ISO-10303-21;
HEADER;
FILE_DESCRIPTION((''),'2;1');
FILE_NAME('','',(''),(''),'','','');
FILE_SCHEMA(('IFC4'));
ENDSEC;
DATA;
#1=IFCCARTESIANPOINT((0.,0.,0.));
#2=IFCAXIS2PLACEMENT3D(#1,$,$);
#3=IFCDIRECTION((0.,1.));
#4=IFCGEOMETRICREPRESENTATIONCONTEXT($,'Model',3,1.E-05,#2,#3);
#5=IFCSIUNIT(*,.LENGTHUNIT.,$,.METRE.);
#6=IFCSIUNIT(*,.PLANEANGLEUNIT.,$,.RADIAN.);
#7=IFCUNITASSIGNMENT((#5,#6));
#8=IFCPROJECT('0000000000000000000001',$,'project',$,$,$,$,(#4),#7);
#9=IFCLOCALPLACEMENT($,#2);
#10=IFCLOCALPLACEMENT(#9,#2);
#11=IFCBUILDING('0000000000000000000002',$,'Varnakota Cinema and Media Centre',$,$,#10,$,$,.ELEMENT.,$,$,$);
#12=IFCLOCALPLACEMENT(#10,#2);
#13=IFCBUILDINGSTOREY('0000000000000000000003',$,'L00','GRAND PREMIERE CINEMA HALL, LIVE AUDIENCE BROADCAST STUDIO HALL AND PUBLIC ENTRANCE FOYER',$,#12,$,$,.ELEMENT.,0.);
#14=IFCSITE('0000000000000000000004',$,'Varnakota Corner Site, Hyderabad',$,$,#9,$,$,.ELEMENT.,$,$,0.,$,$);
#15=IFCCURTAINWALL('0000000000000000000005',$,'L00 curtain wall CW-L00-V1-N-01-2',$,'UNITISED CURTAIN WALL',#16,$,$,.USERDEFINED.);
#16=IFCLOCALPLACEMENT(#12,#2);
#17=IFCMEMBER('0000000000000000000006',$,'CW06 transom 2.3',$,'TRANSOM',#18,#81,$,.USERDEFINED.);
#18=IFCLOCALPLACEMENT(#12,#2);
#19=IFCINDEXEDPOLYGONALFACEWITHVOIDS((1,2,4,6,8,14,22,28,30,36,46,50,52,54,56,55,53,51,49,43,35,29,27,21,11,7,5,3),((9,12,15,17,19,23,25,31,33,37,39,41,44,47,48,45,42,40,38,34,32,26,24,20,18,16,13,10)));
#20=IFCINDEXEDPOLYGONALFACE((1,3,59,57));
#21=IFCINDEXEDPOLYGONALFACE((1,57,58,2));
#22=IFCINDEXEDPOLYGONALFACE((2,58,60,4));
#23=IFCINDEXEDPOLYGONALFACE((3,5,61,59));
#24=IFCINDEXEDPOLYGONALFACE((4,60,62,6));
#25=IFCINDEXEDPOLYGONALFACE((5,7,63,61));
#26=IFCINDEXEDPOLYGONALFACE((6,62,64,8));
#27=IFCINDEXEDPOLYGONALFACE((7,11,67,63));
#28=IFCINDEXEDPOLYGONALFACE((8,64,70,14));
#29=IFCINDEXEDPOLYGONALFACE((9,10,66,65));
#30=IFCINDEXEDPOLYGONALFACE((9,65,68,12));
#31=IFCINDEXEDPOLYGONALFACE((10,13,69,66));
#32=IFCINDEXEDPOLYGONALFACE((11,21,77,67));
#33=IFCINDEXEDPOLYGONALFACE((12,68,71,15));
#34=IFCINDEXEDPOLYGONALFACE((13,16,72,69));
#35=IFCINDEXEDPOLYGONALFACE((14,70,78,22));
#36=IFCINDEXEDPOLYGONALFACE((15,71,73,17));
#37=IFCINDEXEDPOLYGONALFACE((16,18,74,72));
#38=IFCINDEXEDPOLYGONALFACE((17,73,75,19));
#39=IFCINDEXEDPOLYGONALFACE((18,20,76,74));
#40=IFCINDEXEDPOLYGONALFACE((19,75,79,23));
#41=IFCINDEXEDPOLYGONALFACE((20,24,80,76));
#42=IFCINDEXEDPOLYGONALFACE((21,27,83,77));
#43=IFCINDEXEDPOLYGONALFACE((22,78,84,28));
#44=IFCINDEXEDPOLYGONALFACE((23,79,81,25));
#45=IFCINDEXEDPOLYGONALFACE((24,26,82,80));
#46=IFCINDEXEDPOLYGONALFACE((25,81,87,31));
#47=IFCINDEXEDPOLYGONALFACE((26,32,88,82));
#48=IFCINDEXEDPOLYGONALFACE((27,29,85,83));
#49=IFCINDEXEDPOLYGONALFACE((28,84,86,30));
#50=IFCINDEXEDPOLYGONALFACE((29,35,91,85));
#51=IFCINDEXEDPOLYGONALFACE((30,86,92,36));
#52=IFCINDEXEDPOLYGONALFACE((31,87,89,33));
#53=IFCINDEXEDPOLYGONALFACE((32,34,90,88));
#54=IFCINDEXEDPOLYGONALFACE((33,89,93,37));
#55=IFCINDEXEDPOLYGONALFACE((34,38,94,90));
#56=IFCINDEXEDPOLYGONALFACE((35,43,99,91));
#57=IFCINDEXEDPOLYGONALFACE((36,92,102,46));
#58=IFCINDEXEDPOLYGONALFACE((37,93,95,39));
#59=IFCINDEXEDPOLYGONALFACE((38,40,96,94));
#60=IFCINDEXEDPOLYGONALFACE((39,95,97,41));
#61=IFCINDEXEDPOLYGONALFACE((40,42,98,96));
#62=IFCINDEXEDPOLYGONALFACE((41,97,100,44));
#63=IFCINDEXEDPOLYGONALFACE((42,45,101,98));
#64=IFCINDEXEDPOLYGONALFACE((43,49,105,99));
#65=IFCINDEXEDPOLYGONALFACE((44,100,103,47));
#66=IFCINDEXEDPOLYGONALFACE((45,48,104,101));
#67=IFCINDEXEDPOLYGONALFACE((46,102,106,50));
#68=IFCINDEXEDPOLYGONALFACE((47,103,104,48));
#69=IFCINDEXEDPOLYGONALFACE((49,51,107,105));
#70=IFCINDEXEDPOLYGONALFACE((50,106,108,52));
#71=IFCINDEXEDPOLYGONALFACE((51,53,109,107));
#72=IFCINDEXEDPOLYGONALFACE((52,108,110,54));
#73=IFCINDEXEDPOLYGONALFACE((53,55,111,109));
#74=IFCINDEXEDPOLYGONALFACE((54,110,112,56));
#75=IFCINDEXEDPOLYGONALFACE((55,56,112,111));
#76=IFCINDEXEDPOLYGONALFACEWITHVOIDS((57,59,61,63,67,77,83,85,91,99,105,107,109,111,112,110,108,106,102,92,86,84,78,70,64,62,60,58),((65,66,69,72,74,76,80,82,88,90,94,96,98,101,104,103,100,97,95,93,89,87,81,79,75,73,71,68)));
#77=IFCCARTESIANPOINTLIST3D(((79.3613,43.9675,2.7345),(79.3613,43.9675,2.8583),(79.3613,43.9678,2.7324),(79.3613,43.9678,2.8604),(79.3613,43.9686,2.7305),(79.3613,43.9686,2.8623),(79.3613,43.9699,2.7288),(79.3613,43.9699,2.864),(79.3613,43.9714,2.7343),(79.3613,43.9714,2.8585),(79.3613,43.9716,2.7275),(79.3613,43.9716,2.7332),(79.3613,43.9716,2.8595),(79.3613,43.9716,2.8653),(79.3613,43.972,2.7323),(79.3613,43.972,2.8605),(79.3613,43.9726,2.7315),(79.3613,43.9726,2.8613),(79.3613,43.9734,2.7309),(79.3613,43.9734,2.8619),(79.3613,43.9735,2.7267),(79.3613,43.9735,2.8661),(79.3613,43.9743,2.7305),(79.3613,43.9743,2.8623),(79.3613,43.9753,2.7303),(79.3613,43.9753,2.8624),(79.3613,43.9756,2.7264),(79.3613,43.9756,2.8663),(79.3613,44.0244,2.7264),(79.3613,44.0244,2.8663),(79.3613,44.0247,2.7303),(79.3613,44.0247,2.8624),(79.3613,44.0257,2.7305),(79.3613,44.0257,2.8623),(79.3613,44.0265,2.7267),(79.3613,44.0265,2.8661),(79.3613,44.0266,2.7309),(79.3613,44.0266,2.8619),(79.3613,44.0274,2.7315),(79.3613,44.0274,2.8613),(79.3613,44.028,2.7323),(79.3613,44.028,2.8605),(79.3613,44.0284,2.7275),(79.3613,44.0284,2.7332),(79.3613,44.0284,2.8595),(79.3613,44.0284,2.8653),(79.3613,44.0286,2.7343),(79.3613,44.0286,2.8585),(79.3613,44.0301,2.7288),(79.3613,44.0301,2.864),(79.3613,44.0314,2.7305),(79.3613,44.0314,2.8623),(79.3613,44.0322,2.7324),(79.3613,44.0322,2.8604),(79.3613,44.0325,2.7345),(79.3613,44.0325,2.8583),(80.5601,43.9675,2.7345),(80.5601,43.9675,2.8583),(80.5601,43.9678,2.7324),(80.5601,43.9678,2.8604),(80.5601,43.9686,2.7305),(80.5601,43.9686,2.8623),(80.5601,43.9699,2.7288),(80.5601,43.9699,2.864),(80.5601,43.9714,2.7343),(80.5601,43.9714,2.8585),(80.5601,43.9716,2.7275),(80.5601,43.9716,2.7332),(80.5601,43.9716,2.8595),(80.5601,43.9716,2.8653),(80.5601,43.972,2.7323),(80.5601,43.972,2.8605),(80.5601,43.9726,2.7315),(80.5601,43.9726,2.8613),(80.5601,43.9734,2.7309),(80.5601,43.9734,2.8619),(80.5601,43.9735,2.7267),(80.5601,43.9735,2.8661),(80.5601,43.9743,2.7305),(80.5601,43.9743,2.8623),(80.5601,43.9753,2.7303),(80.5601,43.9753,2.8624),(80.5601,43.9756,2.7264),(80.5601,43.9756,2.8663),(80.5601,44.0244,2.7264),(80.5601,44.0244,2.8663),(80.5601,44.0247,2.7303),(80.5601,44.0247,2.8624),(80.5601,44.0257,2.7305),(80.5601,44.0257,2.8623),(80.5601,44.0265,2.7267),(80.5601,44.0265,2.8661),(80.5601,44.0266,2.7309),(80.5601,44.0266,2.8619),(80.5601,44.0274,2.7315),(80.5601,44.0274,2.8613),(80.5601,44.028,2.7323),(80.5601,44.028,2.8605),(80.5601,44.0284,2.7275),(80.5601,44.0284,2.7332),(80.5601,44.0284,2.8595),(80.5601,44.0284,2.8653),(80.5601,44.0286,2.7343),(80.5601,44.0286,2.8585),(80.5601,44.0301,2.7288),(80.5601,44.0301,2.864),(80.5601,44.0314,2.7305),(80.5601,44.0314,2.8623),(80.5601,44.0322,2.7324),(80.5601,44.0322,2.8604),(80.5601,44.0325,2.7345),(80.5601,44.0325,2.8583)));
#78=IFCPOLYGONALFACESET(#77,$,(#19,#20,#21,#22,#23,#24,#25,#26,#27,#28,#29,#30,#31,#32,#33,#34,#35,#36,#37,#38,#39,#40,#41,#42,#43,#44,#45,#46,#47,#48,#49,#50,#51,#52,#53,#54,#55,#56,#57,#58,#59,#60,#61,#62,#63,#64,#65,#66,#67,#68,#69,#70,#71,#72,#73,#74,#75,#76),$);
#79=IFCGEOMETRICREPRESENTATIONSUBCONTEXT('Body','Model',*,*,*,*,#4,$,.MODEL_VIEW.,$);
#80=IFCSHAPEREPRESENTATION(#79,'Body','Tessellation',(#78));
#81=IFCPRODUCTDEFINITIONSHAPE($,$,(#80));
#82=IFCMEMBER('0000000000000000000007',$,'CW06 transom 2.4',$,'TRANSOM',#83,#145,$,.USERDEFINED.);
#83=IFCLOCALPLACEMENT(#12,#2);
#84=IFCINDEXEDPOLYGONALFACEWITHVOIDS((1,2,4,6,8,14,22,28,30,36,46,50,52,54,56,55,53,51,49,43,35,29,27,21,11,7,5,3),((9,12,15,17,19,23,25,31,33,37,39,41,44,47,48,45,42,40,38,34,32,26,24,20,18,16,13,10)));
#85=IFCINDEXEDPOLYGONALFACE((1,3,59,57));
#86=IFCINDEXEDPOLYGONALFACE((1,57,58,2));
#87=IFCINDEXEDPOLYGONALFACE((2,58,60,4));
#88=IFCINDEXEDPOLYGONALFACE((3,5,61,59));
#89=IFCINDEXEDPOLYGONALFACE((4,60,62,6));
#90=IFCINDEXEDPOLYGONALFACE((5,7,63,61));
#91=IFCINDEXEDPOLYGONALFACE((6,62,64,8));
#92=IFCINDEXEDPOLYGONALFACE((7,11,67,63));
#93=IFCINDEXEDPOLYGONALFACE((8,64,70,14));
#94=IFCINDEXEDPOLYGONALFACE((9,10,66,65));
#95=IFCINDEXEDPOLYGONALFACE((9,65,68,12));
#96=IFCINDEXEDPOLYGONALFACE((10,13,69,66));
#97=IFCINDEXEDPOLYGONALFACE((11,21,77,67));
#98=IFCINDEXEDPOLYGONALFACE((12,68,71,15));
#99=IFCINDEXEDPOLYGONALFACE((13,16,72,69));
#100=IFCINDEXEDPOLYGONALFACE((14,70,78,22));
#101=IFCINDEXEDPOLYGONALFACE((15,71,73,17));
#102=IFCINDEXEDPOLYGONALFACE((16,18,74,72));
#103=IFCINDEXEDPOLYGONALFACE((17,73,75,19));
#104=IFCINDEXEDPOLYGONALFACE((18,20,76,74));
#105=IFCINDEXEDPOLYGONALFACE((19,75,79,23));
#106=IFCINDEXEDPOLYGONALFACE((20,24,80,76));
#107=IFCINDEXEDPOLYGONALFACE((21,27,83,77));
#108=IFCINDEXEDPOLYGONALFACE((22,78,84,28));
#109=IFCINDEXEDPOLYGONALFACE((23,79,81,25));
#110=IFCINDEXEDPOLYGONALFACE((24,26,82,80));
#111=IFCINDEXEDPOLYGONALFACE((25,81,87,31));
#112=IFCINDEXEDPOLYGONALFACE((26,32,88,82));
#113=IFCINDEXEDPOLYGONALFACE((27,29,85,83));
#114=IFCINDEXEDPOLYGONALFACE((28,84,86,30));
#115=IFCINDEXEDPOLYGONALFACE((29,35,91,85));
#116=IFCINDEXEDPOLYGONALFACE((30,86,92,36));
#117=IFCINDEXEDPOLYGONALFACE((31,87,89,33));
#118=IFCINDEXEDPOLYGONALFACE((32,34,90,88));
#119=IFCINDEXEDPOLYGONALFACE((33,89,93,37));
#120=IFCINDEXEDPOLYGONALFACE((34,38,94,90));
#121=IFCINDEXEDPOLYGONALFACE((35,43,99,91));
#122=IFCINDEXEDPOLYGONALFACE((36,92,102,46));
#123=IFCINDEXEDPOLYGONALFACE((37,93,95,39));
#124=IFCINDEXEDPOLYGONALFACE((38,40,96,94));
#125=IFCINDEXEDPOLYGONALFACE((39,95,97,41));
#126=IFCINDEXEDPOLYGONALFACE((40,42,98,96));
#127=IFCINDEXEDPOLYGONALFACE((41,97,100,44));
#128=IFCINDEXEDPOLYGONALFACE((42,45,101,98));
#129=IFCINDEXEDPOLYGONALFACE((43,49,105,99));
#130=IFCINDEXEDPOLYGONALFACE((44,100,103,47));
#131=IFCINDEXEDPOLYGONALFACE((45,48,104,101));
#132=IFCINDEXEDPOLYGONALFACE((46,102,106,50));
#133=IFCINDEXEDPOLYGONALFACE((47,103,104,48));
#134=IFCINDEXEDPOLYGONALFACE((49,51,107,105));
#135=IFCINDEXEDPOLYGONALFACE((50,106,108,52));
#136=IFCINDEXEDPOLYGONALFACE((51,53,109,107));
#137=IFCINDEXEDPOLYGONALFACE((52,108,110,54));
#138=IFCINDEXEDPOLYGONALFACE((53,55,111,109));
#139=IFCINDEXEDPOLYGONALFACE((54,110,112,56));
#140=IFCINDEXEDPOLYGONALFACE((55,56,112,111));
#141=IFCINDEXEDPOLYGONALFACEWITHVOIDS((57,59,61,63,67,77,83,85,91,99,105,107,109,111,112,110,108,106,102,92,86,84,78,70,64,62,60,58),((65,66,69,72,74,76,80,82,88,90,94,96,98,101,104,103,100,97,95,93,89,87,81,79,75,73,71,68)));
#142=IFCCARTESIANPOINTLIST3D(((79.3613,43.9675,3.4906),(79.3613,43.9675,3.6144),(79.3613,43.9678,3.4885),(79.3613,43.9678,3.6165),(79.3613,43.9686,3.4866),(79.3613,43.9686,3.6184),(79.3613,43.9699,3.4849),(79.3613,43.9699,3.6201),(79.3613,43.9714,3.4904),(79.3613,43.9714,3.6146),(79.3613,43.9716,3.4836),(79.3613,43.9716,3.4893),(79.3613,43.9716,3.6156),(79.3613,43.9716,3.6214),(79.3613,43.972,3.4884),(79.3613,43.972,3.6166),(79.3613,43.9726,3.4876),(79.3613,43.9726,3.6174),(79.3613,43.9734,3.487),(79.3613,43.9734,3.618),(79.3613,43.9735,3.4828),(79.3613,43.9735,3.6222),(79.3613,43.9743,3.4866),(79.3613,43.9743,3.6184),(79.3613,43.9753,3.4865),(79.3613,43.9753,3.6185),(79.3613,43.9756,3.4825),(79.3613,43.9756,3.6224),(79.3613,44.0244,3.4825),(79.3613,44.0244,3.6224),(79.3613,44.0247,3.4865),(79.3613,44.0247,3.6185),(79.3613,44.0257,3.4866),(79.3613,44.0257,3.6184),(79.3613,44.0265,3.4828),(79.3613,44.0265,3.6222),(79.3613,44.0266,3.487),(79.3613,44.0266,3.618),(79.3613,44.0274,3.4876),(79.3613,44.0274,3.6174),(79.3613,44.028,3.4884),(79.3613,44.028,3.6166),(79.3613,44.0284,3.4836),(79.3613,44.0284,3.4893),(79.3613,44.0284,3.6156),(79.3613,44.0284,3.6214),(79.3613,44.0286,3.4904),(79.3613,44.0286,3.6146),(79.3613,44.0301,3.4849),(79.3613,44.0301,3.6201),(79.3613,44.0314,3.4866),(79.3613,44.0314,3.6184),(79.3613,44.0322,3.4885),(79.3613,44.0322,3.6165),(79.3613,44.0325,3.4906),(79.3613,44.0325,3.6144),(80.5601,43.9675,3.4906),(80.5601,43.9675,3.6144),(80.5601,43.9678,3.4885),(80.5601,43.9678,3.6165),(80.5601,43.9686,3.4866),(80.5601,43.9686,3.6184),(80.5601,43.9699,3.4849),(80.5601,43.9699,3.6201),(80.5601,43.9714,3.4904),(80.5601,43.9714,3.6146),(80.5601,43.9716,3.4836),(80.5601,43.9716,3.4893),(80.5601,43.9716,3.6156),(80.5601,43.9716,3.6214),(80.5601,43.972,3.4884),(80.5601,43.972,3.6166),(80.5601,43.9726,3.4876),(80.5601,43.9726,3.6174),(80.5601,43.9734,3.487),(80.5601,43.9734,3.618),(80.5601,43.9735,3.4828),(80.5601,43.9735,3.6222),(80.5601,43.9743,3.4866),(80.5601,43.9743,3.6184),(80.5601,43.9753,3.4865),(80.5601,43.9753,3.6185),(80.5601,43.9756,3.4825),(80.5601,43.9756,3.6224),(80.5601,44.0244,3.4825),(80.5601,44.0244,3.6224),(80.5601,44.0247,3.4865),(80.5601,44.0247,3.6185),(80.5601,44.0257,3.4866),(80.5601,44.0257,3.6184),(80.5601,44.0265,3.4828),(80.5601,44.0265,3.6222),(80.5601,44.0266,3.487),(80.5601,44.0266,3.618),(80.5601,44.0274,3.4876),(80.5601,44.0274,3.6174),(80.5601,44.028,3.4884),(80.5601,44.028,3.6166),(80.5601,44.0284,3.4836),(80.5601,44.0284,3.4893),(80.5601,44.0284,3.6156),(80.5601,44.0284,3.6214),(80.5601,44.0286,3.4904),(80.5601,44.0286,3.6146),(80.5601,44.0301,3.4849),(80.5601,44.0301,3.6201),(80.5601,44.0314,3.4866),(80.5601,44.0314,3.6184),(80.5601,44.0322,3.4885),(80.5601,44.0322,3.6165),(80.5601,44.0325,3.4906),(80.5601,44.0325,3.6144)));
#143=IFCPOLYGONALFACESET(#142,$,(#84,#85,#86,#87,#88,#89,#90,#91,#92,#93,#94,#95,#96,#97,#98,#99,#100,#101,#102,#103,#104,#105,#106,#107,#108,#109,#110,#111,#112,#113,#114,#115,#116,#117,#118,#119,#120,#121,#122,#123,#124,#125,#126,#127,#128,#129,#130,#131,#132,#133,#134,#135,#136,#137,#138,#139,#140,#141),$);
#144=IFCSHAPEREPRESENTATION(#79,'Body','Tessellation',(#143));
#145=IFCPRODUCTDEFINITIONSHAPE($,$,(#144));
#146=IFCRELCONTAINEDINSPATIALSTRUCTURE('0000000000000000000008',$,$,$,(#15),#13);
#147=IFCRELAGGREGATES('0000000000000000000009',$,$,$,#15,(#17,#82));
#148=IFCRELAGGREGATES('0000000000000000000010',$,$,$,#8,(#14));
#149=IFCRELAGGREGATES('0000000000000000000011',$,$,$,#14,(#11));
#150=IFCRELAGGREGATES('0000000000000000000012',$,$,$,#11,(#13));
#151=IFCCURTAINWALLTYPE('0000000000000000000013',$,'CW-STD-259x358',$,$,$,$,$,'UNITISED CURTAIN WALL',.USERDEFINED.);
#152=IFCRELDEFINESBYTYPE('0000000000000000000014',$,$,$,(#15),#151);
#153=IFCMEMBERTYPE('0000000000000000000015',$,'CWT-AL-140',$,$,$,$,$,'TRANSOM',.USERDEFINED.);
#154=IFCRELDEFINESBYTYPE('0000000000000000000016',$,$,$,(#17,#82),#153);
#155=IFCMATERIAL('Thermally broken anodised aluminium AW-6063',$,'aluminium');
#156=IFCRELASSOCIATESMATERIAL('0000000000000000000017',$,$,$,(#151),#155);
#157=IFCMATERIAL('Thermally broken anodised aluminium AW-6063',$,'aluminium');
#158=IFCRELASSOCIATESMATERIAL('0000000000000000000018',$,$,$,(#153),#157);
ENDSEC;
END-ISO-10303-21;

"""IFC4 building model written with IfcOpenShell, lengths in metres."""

from ifc_helpers import new_model, si_unit, direction, frame, origin, origin_2d, place, context, subcontext, project, spatial, hollow_rectangle, extrude, material, material_profile, profile_set, type_object, element, aggregate, save


model = new_model("IFC4")

# Units and contexts
model_context = context("Model", 3, precision=1e-05, world=origin(), true_north=direction((0.0, 1.0)))
body_context = subcontext(model_context, "Body", "Model", "MODEL_VIEW")
ifc_project = project(units=[si_unit("LENGTHUNIT", "METRE"), si_unit("PLANEANGLEUNIT", "RADIAN")], contexts=[model_context])

# Site, building, storey
site_placement = place(None, origin())
site = spatial("IfcSite", under=ifc_project, at=site_placement, Name="Varnakota Corner Site, Hyderabad", CompositionType="ELEMENT", RefElevation=0.0)
building_placement = place(site_placement, origin())
building = spatial("IfcBuilding", under=site, at=building_placement, Name="Varnakota Cinema and Media Centre", CompositionType="ELEMENT")
storey_placement = place(building_placement, origin())
storey = spatial("IfcBuildingStorey", under=building, at=storey_placement, Name="L00", Description="GRAND PREMIERE CINEMA HALL, LIVE AUDIENCE BROADCAST STUDIO HALL AND PUBLIC ENTRANCE FOYER", CompositionType="ELEMENT", Elevation=0.0)

# Curtain wall
ifc_material_1 = material(Name="Thermally broken anodised aluminium AW-6063", Category="aluminium")
curtain_wall_type = type_object("IfcCurtainWallType", Name="CW-STD-259x358", ElementType="UNITISED CURTAIN WALL", PredefinedType="USERDEFINED", material=ifc_material_1)
curtain_wall_1_placement = place(storey_placement, origin())
curtain_wall_1 = element("IfcCurtainWall", 1, at=curtain_wall_1_placement, inside=storey, type_object=curtain_wall_type, Name="L00 curtain wall CW-L00-V1-N-01-2", ObjectType="UNITISED CURTAIN WALL", PredefinedType="USERDEFINED")

# Members
ifc_material_2 = material(Name="Thermally broken anodised aluminium AW-6063", Category="aluminium")
ifc_material_profile_1 = material_profile(ifc_material_2, hollow_rectangle(XDim=0.0649, YDim=0.1399, WallThickness=0.0039, InnerFilletRadius=0.0039, OuterFilletRadius=0.0081, at=origin_2d()), Name="AL-TRANSOM 140x65x4")
ifc_profile_set_1 = profile_set([ifc_material_profile_1], Name="Thermally broken anodised aluminium AW-6063")
member_type_1 = type_object("IfcMemberType", Name="CWT-AL-140", ElementType="TRANSOM", PredefinedType="USERDEFINED", material=ifc_profile_set_1)
member_1_placement = place(storey_placement, frame((79.3613, 44.0, 2.7964), z_axis=(1.0, 0.0, 0.0), x_axis=(0.0, 1.0, 0.0)))
member_1 = element("IfcMember", 2, at=member_1_placement, type_object=member_type_1, Name="CW06 transom 2.3", ObjectType="TRANSOM", PredefinedType="USERDEFINED", context=body_context, shape_type="SweptSolid", body=[
    extrude(hollow_rectangle(XDim=0.0649, YDim=0.1399, WallThickness=0.0039, InnerFilletRadius=0.0039, OuterFilletRadius=0.0081, at=origin_2d()), origin(), (0.0, 0.0, 1.0), 1.1987),
])
member_2_placement = place(storey_placement, frame((79.3613, 44.0, 3.5525), z_axis=(1.0, 0.0, 0.0), x_axis=(0.0, 1.0, 0.0)))
member_2 = element("IfcMember", 3, at=member_2_placement, type_object=member_type_1, Name="CW06 transom 2.4", ObjectType="TRANSOM", PredefinedType="USERDEFINED", context=body_context, shape_type="SweptSolid", body=[
    extrude(hollow_rectangle(XDim=0.0649, YDim=0.1399, WallThickness=0.0039, InnerFilletRadius=0.0039, OuterFilletRadius=0.0081, at=origin_2d()), origin(), (0.0, 0.0, 1.0), 1.1987),
])

aggregate(curtain_wall_1, [member_1, member_2])

save(model, "model.ifc")
